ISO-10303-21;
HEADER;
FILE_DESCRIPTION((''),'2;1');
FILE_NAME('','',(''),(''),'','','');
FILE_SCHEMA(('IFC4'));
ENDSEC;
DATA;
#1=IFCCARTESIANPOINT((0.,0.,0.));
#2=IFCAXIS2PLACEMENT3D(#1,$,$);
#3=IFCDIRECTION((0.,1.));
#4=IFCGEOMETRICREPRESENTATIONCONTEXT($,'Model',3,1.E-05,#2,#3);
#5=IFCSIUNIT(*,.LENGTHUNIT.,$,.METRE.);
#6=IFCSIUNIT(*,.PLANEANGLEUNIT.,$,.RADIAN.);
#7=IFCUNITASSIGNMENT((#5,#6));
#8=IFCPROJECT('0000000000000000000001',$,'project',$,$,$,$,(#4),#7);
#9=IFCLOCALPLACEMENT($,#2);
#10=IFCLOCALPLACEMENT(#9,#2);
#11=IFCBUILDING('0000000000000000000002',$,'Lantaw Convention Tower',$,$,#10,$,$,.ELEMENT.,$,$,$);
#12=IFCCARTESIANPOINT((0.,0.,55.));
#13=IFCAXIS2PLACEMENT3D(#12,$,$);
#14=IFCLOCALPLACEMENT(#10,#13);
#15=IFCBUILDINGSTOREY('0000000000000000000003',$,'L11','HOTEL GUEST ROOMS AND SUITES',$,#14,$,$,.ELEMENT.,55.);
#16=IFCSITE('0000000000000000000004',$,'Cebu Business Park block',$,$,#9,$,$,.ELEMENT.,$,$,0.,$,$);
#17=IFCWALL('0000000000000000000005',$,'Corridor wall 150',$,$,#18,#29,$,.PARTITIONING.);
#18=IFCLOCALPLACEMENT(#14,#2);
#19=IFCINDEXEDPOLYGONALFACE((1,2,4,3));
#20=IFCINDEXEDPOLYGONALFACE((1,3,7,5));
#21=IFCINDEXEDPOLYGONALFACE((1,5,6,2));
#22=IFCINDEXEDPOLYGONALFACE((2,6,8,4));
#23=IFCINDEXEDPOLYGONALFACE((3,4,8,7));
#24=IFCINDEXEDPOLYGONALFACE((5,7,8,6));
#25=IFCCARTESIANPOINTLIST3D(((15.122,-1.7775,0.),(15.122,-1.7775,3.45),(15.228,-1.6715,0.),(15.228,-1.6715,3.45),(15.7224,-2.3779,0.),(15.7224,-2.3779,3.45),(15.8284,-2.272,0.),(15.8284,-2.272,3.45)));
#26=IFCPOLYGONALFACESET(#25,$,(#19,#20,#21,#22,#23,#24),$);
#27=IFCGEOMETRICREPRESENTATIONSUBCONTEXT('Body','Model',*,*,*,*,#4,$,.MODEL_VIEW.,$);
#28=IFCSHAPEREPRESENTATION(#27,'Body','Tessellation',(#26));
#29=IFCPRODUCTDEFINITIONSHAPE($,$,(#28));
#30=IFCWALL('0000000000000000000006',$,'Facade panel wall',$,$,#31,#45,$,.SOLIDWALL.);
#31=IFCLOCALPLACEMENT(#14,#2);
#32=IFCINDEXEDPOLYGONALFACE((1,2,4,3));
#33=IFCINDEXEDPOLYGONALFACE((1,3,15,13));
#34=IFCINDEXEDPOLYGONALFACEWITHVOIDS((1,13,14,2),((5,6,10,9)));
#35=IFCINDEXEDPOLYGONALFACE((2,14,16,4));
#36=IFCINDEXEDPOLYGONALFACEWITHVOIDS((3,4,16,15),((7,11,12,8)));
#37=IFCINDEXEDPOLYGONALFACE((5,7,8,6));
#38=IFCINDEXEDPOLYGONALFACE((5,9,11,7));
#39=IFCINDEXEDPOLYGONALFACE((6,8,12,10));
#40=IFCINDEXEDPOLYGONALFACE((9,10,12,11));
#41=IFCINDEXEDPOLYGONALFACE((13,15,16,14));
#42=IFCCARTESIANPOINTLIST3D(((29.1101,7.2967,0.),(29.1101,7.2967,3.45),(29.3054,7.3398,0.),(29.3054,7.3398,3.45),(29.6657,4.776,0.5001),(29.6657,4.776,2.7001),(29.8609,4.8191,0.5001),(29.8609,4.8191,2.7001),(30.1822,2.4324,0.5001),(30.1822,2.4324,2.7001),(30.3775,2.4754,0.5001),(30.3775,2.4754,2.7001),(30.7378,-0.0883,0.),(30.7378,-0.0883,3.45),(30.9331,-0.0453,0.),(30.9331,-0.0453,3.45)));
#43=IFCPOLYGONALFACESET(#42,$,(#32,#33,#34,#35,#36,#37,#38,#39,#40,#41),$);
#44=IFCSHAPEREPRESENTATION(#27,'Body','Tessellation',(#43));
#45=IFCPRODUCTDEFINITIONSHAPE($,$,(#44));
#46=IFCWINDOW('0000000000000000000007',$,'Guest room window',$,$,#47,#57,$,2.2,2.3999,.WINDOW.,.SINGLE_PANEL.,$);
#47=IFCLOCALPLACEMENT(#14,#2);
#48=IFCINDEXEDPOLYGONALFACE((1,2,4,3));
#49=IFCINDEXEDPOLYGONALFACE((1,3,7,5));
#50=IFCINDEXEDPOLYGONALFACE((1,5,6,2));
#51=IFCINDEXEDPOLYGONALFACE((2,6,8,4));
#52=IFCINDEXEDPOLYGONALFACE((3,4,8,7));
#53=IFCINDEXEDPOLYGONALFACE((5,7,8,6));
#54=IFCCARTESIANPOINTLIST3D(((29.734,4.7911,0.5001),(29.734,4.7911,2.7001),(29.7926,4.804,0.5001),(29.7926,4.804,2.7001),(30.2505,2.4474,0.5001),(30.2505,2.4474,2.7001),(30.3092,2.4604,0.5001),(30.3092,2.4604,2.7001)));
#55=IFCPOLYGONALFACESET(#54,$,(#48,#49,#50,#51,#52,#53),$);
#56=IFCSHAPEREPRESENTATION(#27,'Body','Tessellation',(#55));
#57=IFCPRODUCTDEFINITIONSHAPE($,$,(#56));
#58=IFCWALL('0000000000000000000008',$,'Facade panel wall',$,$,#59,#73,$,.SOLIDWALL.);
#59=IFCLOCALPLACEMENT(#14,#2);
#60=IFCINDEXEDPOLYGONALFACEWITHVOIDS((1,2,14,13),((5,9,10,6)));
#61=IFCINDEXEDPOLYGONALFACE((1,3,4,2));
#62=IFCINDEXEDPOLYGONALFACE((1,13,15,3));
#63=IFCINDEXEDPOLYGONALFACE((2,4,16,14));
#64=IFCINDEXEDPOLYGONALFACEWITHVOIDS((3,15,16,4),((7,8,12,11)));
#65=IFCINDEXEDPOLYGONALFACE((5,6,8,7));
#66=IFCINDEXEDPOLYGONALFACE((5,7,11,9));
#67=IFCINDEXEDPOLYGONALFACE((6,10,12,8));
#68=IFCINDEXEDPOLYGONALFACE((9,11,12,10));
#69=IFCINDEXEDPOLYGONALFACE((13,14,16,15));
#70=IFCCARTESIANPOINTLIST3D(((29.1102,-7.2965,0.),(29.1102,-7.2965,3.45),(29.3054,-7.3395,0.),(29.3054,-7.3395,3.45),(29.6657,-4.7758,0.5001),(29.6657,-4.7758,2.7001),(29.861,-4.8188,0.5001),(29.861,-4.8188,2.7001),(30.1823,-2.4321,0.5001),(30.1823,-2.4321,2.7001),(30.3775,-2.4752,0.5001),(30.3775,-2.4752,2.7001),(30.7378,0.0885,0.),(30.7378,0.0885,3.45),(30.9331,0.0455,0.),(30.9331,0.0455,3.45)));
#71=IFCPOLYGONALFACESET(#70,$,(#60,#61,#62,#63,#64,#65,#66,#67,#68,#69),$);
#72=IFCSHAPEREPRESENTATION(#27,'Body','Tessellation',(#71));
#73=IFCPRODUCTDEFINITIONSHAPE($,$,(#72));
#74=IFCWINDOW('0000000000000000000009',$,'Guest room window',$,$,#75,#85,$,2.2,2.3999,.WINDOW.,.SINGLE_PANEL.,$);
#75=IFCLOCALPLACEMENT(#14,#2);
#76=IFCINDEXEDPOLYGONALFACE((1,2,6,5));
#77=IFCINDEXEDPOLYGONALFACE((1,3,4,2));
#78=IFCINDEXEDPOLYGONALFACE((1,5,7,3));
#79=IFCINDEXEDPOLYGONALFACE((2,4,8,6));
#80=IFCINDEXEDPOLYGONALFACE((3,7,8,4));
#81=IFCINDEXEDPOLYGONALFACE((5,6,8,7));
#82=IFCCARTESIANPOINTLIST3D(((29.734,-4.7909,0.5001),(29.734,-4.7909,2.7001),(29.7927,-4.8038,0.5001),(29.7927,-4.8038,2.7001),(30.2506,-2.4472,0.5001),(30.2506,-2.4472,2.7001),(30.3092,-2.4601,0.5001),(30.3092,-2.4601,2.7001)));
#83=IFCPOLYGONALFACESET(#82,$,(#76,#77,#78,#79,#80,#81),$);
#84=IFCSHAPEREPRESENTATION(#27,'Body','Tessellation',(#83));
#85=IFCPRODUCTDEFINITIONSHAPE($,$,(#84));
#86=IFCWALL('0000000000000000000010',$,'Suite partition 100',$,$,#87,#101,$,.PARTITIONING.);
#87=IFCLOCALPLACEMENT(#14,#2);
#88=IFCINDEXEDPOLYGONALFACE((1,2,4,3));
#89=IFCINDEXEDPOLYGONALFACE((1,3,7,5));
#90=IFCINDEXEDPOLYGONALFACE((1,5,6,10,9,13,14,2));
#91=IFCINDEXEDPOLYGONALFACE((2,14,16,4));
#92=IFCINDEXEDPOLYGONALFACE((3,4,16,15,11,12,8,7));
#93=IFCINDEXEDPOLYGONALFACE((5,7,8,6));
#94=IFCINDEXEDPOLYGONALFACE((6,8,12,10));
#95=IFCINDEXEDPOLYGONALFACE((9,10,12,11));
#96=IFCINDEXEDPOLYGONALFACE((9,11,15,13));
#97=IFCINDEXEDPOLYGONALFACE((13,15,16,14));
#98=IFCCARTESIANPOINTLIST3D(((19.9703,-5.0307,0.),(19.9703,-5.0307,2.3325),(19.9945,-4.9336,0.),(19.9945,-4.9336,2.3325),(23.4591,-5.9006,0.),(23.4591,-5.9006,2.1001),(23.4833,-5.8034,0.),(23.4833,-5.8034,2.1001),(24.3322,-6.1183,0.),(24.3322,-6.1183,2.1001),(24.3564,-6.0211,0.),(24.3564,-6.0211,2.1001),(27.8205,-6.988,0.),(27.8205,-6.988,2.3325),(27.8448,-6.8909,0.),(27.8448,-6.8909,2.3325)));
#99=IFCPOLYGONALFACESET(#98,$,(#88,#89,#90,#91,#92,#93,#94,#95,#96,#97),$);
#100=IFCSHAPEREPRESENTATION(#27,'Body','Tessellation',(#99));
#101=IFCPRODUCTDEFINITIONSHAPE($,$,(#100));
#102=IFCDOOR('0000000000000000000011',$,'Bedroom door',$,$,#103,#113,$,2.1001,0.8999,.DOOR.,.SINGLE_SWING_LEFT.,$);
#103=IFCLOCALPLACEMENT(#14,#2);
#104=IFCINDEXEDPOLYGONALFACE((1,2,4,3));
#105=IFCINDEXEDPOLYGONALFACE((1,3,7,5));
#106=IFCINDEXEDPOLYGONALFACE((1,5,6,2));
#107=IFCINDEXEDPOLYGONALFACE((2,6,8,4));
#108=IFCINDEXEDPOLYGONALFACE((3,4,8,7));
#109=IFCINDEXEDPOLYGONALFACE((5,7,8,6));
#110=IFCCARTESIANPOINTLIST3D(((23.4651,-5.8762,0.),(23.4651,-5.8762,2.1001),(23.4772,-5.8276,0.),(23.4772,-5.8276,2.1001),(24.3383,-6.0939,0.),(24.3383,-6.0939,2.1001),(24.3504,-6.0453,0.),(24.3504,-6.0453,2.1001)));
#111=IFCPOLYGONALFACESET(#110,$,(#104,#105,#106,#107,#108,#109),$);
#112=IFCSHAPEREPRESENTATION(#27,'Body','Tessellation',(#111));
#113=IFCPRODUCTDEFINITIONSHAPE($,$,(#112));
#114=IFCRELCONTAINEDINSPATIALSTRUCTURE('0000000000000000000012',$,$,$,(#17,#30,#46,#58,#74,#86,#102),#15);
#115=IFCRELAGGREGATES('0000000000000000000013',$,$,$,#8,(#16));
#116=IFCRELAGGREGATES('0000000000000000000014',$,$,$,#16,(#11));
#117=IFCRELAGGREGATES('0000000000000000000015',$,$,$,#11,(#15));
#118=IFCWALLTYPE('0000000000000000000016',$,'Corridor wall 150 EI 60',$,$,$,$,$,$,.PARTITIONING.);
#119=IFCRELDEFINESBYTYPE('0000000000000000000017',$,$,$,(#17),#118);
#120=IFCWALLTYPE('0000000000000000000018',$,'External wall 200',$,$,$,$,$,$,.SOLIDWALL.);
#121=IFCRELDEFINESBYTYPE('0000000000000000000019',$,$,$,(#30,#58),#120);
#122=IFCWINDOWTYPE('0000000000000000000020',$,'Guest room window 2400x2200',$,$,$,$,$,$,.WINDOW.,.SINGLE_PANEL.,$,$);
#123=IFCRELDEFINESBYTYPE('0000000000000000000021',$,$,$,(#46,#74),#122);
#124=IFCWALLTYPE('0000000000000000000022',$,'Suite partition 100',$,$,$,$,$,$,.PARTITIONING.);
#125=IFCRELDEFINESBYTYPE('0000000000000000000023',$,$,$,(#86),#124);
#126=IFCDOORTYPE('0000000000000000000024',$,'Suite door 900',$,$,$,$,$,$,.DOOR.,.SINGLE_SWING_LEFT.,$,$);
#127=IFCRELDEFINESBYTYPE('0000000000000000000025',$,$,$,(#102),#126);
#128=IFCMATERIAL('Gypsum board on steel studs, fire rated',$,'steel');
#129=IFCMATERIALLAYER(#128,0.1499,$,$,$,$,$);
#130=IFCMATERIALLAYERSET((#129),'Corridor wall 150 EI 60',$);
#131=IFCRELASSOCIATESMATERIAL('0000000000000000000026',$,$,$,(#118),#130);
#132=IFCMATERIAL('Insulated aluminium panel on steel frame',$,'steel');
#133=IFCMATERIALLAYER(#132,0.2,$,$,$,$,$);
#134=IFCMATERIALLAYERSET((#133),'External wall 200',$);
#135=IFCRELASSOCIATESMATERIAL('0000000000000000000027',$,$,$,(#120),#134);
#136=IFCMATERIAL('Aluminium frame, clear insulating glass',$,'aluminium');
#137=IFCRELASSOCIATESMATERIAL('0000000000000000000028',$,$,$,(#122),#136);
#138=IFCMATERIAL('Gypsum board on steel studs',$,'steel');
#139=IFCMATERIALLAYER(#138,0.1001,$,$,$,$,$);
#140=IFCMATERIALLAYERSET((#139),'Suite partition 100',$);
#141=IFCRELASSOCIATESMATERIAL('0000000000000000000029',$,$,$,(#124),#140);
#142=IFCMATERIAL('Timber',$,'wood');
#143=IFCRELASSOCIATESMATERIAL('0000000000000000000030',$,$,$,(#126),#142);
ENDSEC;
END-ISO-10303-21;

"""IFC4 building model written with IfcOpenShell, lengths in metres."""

from ifc_helpers import new_model, si_unit, direction, frame, frame_2d, origin, place, context, subcontext, project, spatial, rectangle, extrude, material, layer, layer_set, type_object, element, fill, save


model = new_model("IFC4")

# Units and contexts
model_context = context("Model", 3, precision=1e-05, world=origin(), true_north=direction((0.0, 1.0)))
body_context = subcontext(model_context, "Body", "Model", "MODEL_VIEW")
ifc_project = project(units=[si_unit("LENGTHUNIT", "METRE"), si_unit("PLANEANGLEUNIT", "RADIAN")], contexts=[model_context])

# Site, building, storey
site_placement = place(None, origin())
site = spatial("IfcSite", under=ifc_project, at=site_placement, Name="Cebu Business Park block", CompositionType="ELEMENT", RefElevation=0.0)
building_placement = place(site_placement, origin())
building = spatial("IfcBuilding", under=site, at=building_placement, Name="Lantaw Convention Tower", CompositionType="ELEMENT")
storey_placement = place(building_placement, frame((0.0, 0.0, 55.0)))
storey = spatial("IfcBuildingStorey", under=building, at=storey_placement, Name="L11", Description="HOTEL GUEST ROOMS AND SUITES", CompositionType="ELEMENT", Elevation=55.0)

# Shared definitions
ifc_material_1 = material(Name="Timber", Category="wood")

# Shared definitions
ifc_material_2 = material(Name="Gypsum board on steel studs, fire rated", Category="steel")
ifc_layer_1 = layer(ifc_material_2, 0.1499)
ifc_layer_set_1 = layer_set([ifc_layer_1], Name="Corridor wall 150 EI 60")
wall_type_1 = type_object("IfcWallType", Name="Corridor wall 150 EI 60", PredefinedType="PARTITIONING", material=ifc_layer_set_1)

# Wall
wall_1_placement = place(storey_placement, frame((15.7754, -2.325, 0.0), z_axis=(0.0, 0.0, 1.0), x_axis=(-0.707107, 0.707107, 0.0)))
element("IfcWall", 1, at=wall_1_placement, inside=storey, type_object=wall_type_1, Name="Corridor wall 150", PredefinedType="PARTITIONING", context=body_context, shape_type="SweptSolid", body=[
    extrude(rectangle(XDim=0.8491, YDim=0.1499, at=frame_2d((0.4246, 0.0))), origin(), (0.0, 0.0, 1.0), 3.45),
])

# Walls, openings, windows
ifc_material_3 = material(Name="Insulated aluminium panel on steel frame", Category="steel")
ifc_layer_2 = layer(ifc_material_3, 0.2)
ifc_layer_set_2 = layer_set([ifc_layer_2], Name="External wall 200")
wall_type_2 = type_object("IfcWallType", Name="External wall 200", PredefinedType="SOLIDWALL", material=ifc_layer_set_2)
wall_2_placement = place(storey_placement, frame((30.8354, -0.0669, 0.0), z_axis=(0.0, 0.0, 1.0), x_axis=(-0.215238, 0.976562, 0.0)))
wall_2 = element("IfcWall", 2, at=wall_2_placement, inside=storey, type_object=wall_type_2, Name="Facade panel wall", PredefinedType="SOLIDWALL", context=body_context, shape_type="SweptSolid", body=[
    extrude(rectangle(XDim=7.5623, YDim=0.2, at=frame_2d((3.7812, 0.0))), origin(), (0.0, 0.0, 1.0), 3.45),
])
opening_1_placement = place(wall_2_placement, frame((2.5813, 0.0, 0.5)))
opening_1 = element("IfcOpeningElement", 3, at=opening_1_placement, cuts=wall_2, PredefinedType="OPENING", context=body_context, shape_type="SweptSolid", body=[
    extrude(rectangle(XDim=2.3999, YDim=2.2, at=frame_2d((1.2, 1.1001))), frame((0.0, 0.1099, 0.0), z_axis=(0.0, -1.0, 0.0), x_axis=(1.0, 0.0, 0.0)), (0.0, 0.0, 1.0), 0.22),
])
ifc_material_4 = material(Name="Aluminium frame, clear insulating glass", Category="aluminium")
window_type = type_object("IfcWindowType", Name="Guest room window 2400x2200", PartitioningType="SINGLE_PANEL", PredefinedType="WINDOW", material=ifc_material_4)
window_1_placement = place(opening_1_placement, origin())
window_1 = element("IfcWindow", 4, at=window_1_placement, inside=storey, type_object=window_type, Name="Guest room window", OverallHeight=2.2, OverallWidth=2.3999, PartitioningType="SINGLE_PANEL", PredefinedType="WINDOW", context=body_context, shape_type="SweptSolid", body=[
    extrude(rectangle(XDim=2.3999, YDim=2.2, at=frame_2d((1.2, 1.1001))), frame((0.0, 0.03, 0.0), z_axis=(0.0, -1.0, 0.0), x_axis=(1.0, 0.0, 0.0)), (0.0, 0.0, 1.0), 0.0601),
])
fill(opening_1, window_1)
wall_3_placement = place(storey_placement, frame((29.2078, -7.3181, 0.0), z_axis=(0.0, 0.0, 1.0), x_axis=(0.215238, 0.976562, 0.0)))
wall_3 = element("IfcWall", 5, at=wall_3_placement, inside=storey, type_object=wall_type_2, Name="Facade panel wall", PredefinedType="SOLIDWALL", context=body_context, shape_type="SweptSolid", body=[
    extrude(rectangle(XDim=7.5623, YDim=0.2, at=frame_2d((3.7812, 0.0))), origin(), (0.0, 0.0, 1.0), 3.45),
])
opening_2_placement = place(wall_3_placement, frame((2.5813, 0.0, 0.5)))
opening_2 = element("IfcOpeningElement", 6, at=opening_2_placement, cuts=wall_3, PredefinedType="OPENING", context=body_context, shape_type="SweptSolid", body=[
    extrude(rectangle(XDim=2.3999, YDim=2.2, at=frame_2d((1.2, 1.1001))), frame((0.0, 0.1099, 0.0), z_axis=(0.0, -1.0, 0.0), x_axis=(1.0, 0.0, 0.0)), (0.0, 0.0, 1.0), 0.22),
])
window_2_placement = place(opening_2_placement, origin())
window_2 = element("IfcWindow", 7, at=window_2_placement, inside=storey, type_object=window_type, Name="Guest room window", OverallHeight=2.2, OverallWidth=2.3999, PartitioningType="SINGLE_PANEL", PredefinedType="WINDOW", context=body_context, shape_type="SweptSolid", body=[
    extrude(rectangle(XDim=2.3999, YDim=2.2, at=frame_2d((1.2, 1.1001))), frame((0.0, 0.03, 0.0), z_axis=(0.0, -1.0, 0.0), x_axis=(1.0, 0.0, 0.0)), (0.0, 0.0, 1.0), 0.0601),
])
fill(opening_2, window_2)

# Wall, opening, door
ifc_material_5 = material(Name="Gypsum board on steel studs", Category="steel")
ifc_layer_3 = layer(ifc_material_5, 0.1001)
ifc_layer_set_3 = layer_set([ifc_layer_3], Name="Suite partition 100")
wall_type_3 = type_object("IfcWallType", Name="Suite partition 100", PredefinedType="PARTITIONING", material=ifc_layer_set_3)
wall_4_placement = place(storey_placement, frame((27.8328, -6.9395, 0.0), z_axis=(0.0, 0.0, 1.0), x_axis=(-0.970297, 0.241918, 0.0)))
wall_4 = element("IfcWall", 8, at=wall_4_placement, inside=storey, type_object=wall_type_3, Name="Suite partition 100", PredefinedType="PARTITIONING", context=body_context, shape_type="SweptSolid", body=[
    extrude(rectangle(XDim=8.0906, YDim=0.1001, at=frame_2d((4.0454, 0.0))), origin(), (0.0, 0.0, 1.0), 2.3325),
])
opening_3_placement = place(wall_4_placement, frame((3.5952, 0.0, 0.0)))
opening_3 = element("IfcOpeningElement", 9, at=opening_3_placement, cuts=wall_4, PredefinedType="OPENING", context=body_context, shape_type="SweptSolid", body=[
    extrude(rectangle(XDim=0.8999, YDim=2.1001, at=frame_2d((0.45, 1.05))), frame((0.0, 0.0601, 0.0), z_axis=(0.0, -1.0, 0.0), x_axis=(1.0, 0.0, 0.0)), (0.0, 0.0, 1.0), 0.1201),
])
door_type_1 = type_object("IfcDoorType", Name="Suite door 900", OperationType="SINGLE_SWING_LEFT", PredefinedType="DOOR", material=ifc_material_1)
door_1_placement = place(opening_3_placement, origin())
door_1 = element("IfcDoor", 10, at=door_1_placement, inside=storey, type_object=door_type_1, Name="Bedroom door", OperationType="SINGLE_SWING_LEFT", OverallHeight=2.1001, OverallWidth=0.8999, PredefinedType="DOOR", context=body_context, shape_type="SweptSolid", body=[
    extrude(rectangle(XDim=0.8999, YDim=2.1001, at=frame_2d((0.45, 1.05))), frame((0.0, 0.0249, 0.0), z_axis=(0.0, -1.0, 0.0), x_axis=(1.0, 0.0, 0.0)), (0.0, 0.0, 1.0), 0.05),
])
fill(opening_3, door_1)

save(model, "model.ifc")
